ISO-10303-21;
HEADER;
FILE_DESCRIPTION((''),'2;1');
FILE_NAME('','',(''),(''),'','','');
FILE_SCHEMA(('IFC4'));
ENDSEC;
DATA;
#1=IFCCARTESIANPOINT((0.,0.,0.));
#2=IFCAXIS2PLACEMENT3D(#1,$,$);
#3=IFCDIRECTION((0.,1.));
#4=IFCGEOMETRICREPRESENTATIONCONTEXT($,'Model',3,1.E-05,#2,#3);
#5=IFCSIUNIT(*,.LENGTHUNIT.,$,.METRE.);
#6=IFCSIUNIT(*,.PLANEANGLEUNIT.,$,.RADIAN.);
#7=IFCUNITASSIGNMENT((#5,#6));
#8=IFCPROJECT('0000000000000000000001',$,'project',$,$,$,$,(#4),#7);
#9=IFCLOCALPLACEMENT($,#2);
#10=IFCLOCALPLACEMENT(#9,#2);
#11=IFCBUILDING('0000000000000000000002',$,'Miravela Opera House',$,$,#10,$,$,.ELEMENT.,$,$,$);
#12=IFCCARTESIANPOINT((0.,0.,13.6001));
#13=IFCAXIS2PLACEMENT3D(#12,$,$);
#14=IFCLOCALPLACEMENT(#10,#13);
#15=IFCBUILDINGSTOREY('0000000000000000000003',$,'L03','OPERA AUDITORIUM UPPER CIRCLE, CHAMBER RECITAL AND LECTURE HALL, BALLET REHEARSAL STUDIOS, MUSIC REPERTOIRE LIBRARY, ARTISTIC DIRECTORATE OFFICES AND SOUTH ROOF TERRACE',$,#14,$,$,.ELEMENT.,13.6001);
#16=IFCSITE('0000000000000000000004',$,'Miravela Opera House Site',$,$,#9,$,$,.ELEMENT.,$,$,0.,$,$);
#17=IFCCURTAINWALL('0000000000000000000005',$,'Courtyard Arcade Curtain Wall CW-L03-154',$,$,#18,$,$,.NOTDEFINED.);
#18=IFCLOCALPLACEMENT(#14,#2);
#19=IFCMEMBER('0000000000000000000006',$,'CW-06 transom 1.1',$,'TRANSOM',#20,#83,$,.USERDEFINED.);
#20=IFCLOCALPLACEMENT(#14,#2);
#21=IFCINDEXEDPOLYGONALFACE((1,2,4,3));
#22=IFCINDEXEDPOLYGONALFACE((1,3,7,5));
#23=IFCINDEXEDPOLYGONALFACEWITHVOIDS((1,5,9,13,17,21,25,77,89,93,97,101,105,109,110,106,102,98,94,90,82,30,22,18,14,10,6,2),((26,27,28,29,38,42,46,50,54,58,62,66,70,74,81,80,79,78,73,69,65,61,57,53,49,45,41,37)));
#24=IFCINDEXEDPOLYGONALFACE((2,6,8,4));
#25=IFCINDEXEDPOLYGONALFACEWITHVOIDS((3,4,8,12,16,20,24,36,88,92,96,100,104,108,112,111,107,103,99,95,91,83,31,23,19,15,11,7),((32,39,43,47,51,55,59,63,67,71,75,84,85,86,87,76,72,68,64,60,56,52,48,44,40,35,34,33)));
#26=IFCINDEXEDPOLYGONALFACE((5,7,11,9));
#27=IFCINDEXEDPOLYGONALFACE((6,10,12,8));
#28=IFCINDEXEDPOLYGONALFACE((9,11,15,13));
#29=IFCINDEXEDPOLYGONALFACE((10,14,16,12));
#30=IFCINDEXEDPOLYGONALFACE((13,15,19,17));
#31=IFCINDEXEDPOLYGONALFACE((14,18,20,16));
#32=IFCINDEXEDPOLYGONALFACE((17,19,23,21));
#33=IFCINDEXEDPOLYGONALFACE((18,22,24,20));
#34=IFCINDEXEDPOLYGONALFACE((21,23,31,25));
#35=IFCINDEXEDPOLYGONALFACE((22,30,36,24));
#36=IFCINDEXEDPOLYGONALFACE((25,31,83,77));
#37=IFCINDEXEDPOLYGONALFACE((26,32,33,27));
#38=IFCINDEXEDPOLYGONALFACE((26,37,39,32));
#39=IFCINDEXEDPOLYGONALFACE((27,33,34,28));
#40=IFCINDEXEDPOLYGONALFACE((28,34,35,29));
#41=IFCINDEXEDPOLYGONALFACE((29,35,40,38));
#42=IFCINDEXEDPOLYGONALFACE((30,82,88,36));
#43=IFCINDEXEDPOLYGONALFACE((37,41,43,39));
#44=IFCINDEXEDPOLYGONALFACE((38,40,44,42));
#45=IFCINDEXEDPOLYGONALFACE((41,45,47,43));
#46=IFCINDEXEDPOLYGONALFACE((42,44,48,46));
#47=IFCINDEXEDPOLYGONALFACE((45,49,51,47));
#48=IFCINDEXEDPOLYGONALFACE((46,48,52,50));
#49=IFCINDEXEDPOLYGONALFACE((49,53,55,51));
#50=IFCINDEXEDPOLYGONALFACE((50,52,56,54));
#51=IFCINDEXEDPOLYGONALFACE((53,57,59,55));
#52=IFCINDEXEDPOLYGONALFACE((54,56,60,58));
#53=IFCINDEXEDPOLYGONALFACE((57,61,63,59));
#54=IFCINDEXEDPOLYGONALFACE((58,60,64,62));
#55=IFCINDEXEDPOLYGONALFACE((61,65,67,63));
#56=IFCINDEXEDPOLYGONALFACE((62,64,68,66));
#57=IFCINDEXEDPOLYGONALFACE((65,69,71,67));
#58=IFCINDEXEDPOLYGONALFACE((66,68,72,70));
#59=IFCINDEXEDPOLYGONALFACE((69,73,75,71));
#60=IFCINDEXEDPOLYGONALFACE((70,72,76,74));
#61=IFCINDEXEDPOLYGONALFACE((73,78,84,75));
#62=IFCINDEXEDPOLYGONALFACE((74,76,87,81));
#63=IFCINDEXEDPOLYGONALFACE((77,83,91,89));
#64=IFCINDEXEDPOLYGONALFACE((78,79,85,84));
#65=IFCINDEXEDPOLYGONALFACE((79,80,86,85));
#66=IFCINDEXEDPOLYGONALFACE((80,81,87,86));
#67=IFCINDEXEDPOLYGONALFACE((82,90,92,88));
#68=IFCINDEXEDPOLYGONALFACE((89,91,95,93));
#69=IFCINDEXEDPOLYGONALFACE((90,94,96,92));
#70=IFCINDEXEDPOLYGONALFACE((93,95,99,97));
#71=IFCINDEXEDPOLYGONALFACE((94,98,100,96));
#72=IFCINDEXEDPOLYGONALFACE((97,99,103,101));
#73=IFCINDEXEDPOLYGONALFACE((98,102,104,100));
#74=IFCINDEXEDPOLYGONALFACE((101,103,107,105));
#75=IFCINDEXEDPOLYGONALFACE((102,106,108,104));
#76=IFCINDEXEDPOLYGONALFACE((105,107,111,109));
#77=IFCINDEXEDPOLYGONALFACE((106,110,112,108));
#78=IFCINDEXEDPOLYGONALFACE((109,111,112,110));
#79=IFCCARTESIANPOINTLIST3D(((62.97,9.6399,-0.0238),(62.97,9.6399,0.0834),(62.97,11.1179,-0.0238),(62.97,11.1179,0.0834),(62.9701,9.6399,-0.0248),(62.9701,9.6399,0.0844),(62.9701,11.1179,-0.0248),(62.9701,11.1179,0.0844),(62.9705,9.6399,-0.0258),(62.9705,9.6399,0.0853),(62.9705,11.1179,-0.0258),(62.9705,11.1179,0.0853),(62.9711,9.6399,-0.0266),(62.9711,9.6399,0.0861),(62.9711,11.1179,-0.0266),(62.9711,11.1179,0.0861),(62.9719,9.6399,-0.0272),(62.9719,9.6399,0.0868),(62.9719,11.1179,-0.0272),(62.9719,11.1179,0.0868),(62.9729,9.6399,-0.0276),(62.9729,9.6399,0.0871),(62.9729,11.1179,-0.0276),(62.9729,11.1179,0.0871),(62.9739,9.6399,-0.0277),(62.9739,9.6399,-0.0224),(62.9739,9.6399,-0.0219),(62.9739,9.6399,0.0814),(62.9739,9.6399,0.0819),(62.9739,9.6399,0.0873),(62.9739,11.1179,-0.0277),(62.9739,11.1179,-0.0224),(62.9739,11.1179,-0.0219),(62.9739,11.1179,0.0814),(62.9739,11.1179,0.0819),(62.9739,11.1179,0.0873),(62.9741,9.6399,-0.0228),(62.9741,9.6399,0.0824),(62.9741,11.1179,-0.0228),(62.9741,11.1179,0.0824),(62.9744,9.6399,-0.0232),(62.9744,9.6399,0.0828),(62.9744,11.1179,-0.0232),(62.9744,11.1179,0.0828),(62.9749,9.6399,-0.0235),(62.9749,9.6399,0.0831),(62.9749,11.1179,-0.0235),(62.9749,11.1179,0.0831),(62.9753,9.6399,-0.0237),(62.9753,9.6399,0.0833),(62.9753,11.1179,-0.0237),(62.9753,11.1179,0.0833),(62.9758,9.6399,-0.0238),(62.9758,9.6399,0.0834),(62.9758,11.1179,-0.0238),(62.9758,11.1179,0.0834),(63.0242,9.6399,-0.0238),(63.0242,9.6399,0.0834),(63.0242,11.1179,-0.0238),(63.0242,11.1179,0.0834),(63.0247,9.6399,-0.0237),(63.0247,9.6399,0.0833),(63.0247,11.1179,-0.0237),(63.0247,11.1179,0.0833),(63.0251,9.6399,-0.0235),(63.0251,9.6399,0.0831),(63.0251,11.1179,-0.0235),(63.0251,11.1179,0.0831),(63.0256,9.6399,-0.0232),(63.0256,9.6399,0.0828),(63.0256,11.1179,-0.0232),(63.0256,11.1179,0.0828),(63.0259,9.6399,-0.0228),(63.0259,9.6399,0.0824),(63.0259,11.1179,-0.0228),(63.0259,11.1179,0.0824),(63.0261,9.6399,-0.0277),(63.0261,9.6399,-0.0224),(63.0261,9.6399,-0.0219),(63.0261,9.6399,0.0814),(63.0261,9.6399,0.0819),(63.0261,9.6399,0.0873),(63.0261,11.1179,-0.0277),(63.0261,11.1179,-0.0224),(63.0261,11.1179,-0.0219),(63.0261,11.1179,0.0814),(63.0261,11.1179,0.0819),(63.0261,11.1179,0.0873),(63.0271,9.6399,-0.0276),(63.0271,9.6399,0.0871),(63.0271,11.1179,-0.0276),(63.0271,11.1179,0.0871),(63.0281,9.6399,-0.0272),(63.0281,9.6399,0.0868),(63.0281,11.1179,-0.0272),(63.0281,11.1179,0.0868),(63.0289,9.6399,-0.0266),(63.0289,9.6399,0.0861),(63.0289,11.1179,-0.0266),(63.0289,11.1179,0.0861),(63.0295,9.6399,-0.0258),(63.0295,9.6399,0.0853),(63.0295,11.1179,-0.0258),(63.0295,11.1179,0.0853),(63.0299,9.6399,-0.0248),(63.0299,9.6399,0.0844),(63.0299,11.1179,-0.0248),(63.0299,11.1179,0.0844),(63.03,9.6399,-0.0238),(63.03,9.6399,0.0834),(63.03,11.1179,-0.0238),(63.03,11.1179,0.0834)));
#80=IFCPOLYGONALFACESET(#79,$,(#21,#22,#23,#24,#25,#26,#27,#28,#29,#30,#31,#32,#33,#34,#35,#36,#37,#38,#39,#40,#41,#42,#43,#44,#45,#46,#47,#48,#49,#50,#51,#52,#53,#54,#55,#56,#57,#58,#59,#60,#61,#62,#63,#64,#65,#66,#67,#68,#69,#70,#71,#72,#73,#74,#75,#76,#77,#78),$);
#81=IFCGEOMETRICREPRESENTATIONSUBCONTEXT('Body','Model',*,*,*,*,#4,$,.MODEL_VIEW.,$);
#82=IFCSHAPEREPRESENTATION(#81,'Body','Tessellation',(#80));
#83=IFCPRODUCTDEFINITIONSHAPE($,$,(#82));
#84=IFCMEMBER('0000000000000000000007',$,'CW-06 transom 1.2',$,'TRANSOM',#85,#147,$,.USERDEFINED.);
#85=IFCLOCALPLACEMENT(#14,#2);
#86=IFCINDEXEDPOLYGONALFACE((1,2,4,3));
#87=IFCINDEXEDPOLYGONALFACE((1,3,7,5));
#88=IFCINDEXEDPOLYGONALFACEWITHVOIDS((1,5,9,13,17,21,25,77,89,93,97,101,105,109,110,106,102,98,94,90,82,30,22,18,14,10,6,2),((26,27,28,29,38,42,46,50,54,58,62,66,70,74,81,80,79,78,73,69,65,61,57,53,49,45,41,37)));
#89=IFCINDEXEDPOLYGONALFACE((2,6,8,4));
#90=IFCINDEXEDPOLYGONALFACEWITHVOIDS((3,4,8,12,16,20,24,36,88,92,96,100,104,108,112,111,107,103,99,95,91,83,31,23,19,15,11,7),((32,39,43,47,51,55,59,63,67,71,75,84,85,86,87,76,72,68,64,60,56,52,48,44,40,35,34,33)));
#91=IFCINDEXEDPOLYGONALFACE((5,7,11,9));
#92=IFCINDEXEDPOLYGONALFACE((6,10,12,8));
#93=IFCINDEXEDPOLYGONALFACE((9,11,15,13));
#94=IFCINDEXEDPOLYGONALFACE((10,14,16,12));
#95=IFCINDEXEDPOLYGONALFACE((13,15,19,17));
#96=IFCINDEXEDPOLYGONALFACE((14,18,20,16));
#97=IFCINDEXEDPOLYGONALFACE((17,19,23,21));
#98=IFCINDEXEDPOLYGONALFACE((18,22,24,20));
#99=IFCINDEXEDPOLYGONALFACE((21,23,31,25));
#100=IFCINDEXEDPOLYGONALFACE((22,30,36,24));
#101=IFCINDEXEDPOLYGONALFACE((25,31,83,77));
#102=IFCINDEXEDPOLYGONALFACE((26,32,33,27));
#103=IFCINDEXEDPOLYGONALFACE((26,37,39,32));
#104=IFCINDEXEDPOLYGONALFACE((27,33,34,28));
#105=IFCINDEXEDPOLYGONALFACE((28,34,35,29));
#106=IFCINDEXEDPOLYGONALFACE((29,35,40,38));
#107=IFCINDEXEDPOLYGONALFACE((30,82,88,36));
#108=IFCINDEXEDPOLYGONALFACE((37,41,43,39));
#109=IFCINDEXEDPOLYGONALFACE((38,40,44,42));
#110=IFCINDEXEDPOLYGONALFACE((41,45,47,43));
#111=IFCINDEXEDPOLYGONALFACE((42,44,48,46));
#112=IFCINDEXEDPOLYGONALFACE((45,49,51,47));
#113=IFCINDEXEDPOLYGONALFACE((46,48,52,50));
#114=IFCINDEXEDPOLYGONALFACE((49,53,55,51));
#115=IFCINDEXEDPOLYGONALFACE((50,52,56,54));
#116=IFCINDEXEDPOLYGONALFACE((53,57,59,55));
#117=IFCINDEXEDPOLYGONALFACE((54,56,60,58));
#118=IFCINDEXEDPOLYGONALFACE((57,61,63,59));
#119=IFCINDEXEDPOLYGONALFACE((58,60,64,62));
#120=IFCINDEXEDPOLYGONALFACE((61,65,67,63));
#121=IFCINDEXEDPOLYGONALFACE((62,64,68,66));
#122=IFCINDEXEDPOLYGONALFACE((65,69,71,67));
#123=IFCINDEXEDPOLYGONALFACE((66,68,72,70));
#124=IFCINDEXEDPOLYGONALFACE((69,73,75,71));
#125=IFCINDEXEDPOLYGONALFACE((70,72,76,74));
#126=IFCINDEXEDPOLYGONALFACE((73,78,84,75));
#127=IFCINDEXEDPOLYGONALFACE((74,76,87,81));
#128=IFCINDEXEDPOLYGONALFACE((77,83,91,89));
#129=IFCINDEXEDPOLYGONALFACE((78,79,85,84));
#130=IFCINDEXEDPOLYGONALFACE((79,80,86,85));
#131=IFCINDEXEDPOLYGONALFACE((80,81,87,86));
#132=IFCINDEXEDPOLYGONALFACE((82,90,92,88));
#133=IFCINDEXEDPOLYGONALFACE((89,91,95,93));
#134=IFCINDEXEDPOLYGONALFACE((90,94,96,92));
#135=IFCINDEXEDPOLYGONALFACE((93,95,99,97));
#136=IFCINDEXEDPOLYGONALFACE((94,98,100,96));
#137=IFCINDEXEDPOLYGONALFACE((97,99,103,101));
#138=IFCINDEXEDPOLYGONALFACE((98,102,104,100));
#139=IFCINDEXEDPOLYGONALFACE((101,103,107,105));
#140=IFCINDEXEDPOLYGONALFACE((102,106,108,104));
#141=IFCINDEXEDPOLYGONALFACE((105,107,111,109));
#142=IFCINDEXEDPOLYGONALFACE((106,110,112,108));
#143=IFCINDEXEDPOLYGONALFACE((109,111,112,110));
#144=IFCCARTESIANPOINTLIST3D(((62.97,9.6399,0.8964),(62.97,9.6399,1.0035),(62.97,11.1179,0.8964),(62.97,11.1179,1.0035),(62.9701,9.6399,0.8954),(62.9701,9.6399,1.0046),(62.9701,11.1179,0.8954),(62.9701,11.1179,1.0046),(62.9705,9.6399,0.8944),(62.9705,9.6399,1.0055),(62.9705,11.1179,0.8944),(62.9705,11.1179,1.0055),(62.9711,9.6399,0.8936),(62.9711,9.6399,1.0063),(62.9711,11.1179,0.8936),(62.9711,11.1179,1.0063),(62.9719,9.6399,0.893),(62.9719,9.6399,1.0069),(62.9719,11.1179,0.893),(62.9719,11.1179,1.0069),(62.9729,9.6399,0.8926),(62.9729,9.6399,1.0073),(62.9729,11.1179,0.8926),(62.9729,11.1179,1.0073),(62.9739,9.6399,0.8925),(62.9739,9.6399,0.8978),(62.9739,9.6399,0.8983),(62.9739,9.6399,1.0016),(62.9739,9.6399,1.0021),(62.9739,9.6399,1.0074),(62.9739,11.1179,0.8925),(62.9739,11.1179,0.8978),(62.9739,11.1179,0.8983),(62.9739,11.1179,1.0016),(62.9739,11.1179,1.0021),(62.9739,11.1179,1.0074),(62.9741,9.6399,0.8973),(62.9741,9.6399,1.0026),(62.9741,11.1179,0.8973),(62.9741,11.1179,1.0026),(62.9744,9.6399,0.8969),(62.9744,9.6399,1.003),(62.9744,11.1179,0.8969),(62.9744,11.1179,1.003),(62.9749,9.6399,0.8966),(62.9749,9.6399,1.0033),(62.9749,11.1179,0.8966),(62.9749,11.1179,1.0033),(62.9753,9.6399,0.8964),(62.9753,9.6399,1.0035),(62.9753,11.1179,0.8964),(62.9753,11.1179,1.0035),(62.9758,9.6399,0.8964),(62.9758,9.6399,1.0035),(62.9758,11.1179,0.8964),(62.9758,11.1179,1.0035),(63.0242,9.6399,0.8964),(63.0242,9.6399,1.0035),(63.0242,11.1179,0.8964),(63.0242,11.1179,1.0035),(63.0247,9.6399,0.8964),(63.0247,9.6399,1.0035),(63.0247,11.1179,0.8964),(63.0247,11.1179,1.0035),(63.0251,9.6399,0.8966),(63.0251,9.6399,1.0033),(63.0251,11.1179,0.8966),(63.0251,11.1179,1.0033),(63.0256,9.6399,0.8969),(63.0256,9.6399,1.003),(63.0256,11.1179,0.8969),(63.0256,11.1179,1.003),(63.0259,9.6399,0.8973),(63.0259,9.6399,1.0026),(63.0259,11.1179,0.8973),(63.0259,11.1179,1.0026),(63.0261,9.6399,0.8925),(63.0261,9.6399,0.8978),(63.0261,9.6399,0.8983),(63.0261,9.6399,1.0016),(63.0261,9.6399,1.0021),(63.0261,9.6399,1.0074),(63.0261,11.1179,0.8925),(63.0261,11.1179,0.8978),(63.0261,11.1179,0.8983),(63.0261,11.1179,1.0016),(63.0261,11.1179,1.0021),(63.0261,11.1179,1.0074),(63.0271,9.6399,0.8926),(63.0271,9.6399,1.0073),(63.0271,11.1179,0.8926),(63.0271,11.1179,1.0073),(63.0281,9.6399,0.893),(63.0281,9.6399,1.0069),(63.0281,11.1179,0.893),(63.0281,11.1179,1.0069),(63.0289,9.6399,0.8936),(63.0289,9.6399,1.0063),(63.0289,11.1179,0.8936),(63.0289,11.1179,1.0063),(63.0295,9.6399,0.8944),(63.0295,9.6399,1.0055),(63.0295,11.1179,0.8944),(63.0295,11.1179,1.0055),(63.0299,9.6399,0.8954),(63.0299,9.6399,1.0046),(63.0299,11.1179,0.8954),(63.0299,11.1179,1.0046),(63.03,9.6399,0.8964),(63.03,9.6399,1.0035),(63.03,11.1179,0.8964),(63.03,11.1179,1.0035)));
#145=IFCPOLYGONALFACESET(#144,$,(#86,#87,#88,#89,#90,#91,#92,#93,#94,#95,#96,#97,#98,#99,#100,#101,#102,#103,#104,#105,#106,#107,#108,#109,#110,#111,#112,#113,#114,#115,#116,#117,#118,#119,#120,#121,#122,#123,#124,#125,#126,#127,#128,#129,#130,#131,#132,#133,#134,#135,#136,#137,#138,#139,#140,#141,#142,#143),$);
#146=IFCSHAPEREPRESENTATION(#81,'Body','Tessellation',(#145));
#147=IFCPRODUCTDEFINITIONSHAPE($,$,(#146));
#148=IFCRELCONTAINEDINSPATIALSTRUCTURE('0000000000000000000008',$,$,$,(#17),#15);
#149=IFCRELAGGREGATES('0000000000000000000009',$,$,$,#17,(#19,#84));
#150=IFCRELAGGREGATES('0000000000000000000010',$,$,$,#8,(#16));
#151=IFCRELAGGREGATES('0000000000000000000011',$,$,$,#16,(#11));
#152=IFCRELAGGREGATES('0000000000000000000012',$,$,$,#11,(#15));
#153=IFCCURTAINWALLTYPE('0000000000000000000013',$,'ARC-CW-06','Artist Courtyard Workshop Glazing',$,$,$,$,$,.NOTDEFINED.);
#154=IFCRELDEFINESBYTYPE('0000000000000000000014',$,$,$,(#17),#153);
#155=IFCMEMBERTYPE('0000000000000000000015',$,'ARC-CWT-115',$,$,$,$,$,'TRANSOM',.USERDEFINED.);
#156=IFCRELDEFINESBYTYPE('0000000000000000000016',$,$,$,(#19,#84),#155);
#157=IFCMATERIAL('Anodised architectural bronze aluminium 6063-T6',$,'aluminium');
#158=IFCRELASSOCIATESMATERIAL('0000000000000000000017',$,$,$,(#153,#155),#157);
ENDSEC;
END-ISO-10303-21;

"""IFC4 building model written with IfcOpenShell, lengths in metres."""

from ifc_helpers import new_model, si_unit, direction, frame, origin, origin_2d, place, context, subcontext, project, spatial, hollow_rectangle, extrude, material, material_profile, profile_set, type_object, element, aggregate, save


model = new_model("IFC4")

# Units and contexts
model_context = context("Model", 3, precision=1e-05, world=origin(), true_north=direction((0.0, 1.0)))
body_context = subcontext(model_context, "Body", "Model", "MODEL_VIEW")
ifc_project = project(units=[si_unit("LENGTHUNIT", "METRE"), si_unit("PLANEANGLEUNIT", "RADIAN")], contexts=[model_context])

# Site, building, storey
site_placement = place(None, origin())
site = spatial("IfcSite", under=ifc_project, at=site_placement, Name="Miravela Opera House Site", CompositionType="ELEMENT", RefElevation=0.0)
building_placement = place(site_placement, origin())
building = spatial("IfcBuilding", under=site, at=building_placement, Name="Miravela Opera House", CompositionType="ELEMENT")
storey_placement = place(building_placement, frame((0.0, 0.0, 13.6001)))
storey = spatial("IfcBuildingStorey", under=building, at=storey_placement, Name="L03", Description="OPERA AUDITORIUM UPPER CIRCLE, CHAMBER RECITAL AND LECTURE HALL, BALLET REHEARSAL STUDIOS, MUSIC REPERTOIRE LIBRARY, ARTISTIC DIRECTORATE OFFICES AND SOUTH ROOF TERRACE", CompositionType="ELEMENT", Elevation=13.6001)

# Curtain wall, members
ifc_material_1 = material(Name="Anodised architectural bronze aluminium 6063-T6", Category="aluminium")
curtain_wall_type = type_object("IfcCurtainWallType", Name="ARC-CW-06", Description="Artist Courtyard Workshop Glazing", PredefinedType="NOTDEFINED", material=ifc_material_1)
curtain_wall_placement = place(storey_placement, origin())
curtain_wall = element("IfcCurtainWall", 1, at=curtain_wall_placement, inside=storey, type_object=curtain_wall_type, Name="Courtyard Arcade Curtain Wall CW-L03-154", PredefinedType="NOTDEFINED")
ifc_material_profile_1 = material_profile(ifc_material_1, hollow_rectangle(XDim=0.0601, YDim=0.115, WallThickness=0.0039, InnerFilletRadius=0.002, OuterFilletRadius=0.0039, at=origin_2d()), Name="CWT-60X115")
ifc_profile_set_1 = profile_set([ifc_material_profile_1])
member_type_1 = type_object("IfcMemberType", Name="ARC-CWT-115", ElementType="TRANSOM", PredefinedType="USERDEFINED", material=ifc_profile_set_1)
member_1_placement = place(storey_placement, frame((63.0, 9.6399, 0.0298), z_axis=(0.0, 1.0, 0.0), x_axis=(-1.0, 0.0, 0.0)))
member_1 = element("IfcMember", 2, at=member_1_placement, type_object=member_type_1, Name="CW-06 transom 1.1", ObjectType="TRANSOM", PredefinedType="USERDEFINED", context=body_context, shape_type="SweptSolid", body=[
    extrude(hollow_rectangle(XDim=0.0601, YDim=0.115, WallThickness=0.0039, InnerFilletRadius=0.002, OuterFilletRadius=0.0039, at=origin_2d()), origin(), (0.0, 0.0, 1.0), 1.478),
])
member_2_placement = place(storey_placement, frame((63.0, 9.6399, 0.95), z_axis=(0.0, 1.0, 0.0), x_axis=(-1.0, 0.0, 0.0)))
member_2 = element("IfcMember", 3, at=member_2_placement, type_object=member_type_1, Name="CW-06 transom 1.2", ObjectType="TRANSOM", PredefinedType="USERDEFINED", context=body_context, shape_type="SweptSolid", body=[
    extrude(hollow_rectangle(XDim=0.0601, YDim=0.115, WallThickness=0.0039, InnerFilletRadius=0.002, OuterFilletRadius=0.0039, at=origin_2d()), origin(), (0.0, 0.0, 1.0), 1.478),
])

aggregate(curtain_wall, [member_1, member_2])

save(model, "model.ifc")
